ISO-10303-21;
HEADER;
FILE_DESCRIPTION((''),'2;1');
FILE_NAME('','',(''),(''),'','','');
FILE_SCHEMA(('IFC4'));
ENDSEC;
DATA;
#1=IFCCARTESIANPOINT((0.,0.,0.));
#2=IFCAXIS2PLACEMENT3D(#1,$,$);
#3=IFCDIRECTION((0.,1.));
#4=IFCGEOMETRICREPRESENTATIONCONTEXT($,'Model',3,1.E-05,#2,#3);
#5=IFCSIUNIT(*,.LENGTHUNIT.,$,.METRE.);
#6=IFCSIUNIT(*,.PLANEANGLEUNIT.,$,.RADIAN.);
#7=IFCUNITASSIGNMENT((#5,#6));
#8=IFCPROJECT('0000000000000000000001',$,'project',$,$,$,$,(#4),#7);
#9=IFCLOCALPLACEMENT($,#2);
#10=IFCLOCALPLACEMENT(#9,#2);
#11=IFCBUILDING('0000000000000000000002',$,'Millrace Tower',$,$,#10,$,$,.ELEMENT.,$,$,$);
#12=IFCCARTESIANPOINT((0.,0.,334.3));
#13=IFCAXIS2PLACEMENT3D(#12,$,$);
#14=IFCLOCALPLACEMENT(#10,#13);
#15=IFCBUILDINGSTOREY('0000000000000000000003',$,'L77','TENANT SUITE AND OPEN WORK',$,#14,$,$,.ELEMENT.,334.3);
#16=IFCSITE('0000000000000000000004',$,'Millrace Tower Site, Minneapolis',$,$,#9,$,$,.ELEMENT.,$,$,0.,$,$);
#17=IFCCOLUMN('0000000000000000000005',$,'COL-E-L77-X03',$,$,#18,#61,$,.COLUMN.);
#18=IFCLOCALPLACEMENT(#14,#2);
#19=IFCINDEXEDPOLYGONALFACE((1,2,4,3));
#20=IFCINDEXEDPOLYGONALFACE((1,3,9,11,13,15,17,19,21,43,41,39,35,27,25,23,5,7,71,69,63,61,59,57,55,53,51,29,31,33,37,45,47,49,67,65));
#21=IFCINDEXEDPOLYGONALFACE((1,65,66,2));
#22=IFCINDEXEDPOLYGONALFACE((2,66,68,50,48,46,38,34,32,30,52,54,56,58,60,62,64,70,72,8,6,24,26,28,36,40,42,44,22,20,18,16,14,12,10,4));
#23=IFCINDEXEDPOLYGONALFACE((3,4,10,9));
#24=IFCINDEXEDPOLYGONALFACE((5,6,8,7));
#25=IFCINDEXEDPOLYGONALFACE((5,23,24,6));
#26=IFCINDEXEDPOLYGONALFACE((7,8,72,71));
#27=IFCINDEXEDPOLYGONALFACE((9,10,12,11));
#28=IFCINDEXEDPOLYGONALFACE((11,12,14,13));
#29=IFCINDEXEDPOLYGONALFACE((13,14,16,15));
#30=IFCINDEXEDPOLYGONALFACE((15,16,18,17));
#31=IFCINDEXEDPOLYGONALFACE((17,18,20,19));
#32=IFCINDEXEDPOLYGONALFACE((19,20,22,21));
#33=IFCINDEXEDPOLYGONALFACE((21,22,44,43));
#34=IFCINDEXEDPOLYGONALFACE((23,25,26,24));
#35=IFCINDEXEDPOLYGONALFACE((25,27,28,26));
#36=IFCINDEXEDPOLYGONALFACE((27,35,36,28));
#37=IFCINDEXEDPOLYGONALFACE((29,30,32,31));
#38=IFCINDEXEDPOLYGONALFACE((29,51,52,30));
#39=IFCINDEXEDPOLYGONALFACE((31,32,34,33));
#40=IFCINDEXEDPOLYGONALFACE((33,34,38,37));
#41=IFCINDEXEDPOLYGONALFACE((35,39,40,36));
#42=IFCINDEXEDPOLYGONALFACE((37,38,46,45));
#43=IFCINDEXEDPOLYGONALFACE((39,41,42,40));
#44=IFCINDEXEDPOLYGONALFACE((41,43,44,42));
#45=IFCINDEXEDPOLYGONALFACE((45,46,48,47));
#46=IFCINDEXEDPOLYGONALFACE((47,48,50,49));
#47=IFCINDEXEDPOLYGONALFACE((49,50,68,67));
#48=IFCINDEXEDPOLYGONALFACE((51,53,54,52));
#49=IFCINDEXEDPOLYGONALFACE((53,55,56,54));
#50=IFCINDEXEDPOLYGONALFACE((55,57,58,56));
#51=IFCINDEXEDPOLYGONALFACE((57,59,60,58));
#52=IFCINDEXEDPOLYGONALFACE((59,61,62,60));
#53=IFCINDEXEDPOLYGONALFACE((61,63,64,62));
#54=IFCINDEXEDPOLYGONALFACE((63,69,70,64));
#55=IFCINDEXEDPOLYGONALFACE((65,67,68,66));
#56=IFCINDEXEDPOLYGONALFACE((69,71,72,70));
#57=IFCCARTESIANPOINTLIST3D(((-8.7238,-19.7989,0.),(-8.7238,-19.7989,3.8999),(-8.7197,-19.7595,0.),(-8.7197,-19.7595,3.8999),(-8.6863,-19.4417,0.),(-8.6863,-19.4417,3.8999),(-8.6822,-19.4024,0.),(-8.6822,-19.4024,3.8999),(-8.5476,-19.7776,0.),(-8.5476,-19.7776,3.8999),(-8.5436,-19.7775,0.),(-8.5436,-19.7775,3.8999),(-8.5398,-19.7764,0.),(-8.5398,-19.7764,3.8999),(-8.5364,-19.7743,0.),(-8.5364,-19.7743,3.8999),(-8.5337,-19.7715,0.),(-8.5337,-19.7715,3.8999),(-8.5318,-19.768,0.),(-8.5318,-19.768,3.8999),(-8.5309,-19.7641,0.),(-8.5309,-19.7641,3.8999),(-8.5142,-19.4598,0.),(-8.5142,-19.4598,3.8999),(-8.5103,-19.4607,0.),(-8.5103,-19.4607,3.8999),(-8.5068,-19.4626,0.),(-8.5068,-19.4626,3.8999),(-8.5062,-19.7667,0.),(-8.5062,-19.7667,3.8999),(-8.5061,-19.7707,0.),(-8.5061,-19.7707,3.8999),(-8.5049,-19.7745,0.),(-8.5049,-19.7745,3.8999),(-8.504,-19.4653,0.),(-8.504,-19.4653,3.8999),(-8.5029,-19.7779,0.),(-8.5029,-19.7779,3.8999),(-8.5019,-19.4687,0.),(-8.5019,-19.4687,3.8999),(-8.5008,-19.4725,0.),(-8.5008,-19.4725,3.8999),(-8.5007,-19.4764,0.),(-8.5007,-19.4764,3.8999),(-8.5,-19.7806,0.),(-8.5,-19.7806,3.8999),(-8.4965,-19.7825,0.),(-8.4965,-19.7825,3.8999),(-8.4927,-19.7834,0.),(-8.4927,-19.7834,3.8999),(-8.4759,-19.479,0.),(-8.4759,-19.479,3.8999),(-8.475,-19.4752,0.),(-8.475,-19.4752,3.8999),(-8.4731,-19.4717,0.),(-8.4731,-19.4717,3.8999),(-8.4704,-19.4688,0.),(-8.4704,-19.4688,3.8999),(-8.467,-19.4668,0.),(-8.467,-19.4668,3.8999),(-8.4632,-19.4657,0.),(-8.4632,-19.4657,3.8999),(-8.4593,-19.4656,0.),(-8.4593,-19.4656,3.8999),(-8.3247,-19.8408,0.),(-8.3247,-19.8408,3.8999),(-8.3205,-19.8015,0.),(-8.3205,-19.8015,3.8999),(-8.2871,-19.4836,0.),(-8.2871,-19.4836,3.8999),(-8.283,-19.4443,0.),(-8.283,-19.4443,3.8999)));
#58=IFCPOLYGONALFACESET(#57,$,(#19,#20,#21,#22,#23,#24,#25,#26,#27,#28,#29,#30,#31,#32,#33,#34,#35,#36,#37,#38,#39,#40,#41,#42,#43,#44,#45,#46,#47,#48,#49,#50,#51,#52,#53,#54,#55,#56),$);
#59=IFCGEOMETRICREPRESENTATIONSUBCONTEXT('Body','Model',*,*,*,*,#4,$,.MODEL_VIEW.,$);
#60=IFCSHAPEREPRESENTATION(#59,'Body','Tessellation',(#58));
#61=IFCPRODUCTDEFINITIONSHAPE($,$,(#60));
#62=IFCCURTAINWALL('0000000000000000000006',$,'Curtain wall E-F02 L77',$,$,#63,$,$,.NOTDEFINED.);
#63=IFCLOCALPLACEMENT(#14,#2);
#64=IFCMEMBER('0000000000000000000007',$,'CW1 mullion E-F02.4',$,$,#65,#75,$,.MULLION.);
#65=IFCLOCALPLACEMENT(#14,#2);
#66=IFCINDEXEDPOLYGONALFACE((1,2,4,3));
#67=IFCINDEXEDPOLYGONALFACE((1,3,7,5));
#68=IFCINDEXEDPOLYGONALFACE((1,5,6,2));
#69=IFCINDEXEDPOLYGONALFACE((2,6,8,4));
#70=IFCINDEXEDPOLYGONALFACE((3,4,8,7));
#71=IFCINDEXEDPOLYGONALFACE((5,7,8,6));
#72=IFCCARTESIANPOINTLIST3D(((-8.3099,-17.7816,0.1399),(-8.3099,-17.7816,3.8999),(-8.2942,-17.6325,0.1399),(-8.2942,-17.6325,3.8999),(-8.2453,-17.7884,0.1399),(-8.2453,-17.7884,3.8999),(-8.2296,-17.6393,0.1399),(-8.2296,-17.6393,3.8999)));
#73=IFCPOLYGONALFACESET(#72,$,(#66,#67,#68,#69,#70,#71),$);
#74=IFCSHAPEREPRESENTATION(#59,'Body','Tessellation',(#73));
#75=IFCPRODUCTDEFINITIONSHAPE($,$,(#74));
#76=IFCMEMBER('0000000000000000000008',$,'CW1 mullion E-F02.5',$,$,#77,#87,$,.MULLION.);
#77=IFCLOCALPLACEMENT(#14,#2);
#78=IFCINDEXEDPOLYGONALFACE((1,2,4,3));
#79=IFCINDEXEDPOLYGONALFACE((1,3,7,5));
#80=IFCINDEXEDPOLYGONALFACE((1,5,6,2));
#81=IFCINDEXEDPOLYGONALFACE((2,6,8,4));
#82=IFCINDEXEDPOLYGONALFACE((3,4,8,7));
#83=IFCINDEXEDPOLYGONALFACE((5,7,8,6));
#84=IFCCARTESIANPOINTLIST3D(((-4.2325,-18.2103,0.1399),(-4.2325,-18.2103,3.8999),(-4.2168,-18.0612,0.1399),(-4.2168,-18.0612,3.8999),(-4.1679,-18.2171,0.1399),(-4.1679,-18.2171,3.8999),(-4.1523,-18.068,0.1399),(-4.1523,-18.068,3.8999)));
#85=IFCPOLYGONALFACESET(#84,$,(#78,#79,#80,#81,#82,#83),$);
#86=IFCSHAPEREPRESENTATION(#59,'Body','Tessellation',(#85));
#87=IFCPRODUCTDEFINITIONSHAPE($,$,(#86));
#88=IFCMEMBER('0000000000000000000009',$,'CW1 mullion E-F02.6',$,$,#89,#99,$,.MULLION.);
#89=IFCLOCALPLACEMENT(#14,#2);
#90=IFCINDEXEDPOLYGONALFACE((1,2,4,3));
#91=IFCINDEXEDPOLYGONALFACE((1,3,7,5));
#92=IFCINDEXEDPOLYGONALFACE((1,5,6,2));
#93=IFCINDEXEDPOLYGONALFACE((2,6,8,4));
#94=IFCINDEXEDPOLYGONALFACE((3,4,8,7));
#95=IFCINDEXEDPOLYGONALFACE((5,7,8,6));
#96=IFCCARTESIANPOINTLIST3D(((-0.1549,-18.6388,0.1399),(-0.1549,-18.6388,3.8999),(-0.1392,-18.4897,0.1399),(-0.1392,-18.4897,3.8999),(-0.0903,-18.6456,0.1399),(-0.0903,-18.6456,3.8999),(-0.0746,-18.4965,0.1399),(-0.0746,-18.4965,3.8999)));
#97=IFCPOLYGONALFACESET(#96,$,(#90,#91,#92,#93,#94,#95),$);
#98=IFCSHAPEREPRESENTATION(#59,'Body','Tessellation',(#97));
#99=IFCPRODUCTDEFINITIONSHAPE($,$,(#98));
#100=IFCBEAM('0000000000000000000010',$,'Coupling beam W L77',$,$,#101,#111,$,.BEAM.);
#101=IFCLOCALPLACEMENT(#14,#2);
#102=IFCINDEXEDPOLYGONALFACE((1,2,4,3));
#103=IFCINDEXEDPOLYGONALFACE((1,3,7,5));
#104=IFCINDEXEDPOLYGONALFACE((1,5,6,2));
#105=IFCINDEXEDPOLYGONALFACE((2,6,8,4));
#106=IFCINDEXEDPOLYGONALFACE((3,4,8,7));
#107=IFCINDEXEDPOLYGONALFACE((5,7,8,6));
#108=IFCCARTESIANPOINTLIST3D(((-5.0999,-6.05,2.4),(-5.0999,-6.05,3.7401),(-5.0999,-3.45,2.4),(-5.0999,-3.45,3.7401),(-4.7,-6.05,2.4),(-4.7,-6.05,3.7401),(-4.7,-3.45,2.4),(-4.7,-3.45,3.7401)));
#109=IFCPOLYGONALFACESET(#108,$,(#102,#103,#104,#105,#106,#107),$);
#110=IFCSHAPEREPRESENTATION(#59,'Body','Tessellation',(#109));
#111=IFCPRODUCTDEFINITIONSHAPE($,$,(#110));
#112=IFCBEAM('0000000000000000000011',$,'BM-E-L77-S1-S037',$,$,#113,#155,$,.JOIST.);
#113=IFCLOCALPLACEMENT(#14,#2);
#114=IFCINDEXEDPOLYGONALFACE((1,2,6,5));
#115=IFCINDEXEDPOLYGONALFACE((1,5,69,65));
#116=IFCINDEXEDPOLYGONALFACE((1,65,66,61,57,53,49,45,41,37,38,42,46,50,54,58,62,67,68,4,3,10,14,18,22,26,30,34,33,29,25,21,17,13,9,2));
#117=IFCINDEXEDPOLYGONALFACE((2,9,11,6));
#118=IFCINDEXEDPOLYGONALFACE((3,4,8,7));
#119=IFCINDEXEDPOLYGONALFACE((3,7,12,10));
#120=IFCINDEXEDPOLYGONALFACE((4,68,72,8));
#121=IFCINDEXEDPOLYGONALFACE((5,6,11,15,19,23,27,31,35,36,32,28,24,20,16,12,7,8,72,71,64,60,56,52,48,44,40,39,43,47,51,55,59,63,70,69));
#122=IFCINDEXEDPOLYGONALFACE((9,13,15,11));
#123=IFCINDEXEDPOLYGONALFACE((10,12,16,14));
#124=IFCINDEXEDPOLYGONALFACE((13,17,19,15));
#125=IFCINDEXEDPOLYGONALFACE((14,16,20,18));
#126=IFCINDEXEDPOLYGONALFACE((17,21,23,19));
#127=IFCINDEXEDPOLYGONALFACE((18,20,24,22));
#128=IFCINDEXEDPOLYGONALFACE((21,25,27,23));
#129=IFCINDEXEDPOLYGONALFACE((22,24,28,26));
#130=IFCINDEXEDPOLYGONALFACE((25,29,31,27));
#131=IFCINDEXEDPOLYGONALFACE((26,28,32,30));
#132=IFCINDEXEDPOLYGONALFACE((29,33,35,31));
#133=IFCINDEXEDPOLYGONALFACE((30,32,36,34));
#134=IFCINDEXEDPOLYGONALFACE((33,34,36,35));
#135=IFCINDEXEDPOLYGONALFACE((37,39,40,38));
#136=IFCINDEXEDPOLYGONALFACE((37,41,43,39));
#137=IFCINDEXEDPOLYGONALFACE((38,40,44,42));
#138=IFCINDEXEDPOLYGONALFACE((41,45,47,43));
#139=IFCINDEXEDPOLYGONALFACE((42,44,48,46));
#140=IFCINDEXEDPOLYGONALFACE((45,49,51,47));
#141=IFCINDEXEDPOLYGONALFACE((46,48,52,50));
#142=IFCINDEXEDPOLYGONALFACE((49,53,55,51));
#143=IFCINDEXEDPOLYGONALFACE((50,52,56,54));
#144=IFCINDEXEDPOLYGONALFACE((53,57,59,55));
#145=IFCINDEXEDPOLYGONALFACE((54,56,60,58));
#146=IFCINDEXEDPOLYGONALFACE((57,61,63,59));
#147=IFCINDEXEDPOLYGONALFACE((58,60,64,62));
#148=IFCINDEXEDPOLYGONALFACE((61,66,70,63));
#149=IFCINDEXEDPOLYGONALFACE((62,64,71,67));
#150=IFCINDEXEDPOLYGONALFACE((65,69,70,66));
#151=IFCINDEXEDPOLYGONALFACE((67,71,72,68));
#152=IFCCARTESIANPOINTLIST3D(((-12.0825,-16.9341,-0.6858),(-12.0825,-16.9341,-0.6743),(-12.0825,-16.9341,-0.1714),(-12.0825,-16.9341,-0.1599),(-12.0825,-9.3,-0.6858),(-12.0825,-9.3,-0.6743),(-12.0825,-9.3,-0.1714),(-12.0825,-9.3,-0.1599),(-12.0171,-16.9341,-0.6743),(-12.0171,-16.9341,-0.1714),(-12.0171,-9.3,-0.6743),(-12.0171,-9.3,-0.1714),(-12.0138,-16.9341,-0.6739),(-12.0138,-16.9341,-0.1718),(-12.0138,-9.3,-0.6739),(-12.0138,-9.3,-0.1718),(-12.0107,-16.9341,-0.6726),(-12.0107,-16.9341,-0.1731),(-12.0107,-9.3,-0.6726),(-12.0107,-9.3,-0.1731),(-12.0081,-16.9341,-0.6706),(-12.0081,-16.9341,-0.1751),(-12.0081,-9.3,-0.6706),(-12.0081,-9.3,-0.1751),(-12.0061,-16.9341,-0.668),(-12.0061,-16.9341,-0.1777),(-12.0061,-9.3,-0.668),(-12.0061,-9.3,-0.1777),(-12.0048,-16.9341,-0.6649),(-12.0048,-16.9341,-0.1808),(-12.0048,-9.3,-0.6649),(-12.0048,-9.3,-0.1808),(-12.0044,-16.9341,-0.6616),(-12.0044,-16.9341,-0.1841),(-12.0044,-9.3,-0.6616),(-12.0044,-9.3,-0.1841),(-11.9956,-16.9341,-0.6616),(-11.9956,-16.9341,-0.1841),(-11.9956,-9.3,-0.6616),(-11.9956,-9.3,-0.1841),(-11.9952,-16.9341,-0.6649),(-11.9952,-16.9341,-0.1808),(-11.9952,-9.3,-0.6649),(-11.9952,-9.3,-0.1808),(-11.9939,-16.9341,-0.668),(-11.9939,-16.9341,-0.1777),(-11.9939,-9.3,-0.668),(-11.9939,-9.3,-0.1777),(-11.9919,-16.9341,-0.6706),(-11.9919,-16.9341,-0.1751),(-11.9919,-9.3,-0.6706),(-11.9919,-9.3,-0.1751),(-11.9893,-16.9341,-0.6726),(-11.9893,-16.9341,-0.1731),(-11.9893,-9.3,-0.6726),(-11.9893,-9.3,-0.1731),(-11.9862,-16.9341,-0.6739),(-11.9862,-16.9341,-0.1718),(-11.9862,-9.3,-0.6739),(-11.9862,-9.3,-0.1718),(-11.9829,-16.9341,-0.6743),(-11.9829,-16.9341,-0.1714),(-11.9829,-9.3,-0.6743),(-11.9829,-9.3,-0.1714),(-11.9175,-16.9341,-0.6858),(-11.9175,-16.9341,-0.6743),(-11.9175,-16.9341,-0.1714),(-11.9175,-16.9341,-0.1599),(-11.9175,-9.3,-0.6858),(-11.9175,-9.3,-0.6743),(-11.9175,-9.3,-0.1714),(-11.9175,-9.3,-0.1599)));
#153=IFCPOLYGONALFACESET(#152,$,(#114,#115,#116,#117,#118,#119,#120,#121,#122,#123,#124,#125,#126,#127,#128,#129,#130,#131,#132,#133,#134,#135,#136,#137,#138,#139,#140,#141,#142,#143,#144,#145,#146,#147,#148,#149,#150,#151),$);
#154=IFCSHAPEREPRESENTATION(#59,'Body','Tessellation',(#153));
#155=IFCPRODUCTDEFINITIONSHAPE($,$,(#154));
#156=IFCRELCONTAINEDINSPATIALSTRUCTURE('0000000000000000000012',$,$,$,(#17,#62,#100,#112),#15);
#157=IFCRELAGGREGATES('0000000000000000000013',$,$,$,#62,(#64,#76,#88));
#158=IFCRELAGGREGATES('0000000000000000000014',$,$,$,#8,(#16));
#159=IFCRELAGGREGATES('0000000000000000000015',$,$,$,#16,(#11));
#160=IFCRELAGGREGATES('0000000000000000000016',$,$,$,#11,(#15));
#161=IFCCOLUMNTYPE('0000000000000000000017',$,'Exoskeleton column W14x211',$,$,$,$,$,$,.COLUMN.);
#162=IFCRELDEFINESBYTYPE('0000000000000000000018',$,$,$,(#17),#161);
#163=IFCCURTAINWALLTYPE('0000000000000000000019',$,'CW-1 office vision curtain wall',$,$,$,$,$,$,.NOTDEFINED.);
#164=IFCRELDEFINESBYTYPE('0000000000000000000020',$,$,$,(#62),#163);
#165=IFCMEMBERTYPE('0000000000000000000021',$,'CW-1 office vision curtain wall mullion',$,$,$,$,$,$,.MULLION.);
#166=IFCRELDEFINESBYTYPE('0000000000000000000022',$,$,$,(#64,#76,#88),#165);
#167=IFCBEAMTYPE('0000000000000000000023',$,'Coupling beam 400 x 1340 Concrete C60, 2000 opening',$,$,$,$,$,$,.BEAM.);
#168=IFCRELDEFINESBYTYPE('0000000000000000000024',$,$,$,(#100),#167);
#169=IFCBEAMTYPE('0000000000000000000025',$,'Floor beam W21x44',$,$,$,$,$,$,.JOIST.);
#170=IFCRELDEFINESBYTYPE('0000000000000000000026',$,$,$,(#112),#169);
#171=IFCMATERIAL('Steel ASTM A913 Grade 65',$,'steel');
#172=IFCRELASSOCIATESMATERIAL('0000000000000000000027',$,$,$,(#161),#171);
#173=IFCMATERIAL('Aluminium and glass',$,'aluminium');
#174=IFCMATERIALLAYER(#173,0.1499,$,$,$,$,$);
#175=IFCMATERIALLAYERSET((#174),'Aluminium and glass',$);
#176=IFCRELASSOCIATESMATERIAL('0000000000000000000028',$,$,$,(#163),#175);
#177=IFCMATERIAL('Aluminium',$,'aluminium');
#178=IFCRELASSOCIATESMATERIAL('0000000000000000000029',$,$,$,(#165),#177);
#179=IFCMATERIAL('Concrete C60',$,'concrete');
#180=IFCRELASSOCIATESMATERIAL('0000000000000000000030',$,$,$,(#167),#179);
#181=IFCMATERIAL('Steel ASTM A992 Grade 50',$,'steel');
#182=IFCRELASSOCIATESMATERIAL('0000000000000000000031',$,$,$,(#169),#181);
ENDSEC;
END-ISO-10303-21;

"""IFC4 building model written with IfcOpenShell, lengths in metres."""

from ifc_helpers import new_model, si_unit, direction, frame, origin, origin_2d, place, context, subcontext, project, spatial, rectangle, i_section, extrude, material, layer, layer_set, material_profile, profile_set, type_object, element, aggregate, save


model = new_model("IFC4")

# Units and contexts
model_context = context("Model", 3, precision=1e-05, world=origin(), true_north=direction((0.0, 1.0)))
body_context = subcontext(model_context, "Body", "Model", "MODEL_VIEW")
ifc_project = project(units=[si_unit("LENGTHUNIT", "METRE"), si_unit("PLANEANGLEUNIT", "RADIAN")], contexts=[model_context])

# Site, building, storey
site_placement = place(None, origin())
site = spatial("IfcSite", under=ifc_project, at=site_placement, Name="Millrace Tower Site, Minneapolis", CompositionType="ELEMENT", RefElevation=0.0)
building_placement = place(site_placement, origin())
building = spatial("IfcBuilding", under=site, at=building_placement, Name="Millrace Tower", CompositionType="ELEMENT")
storey_placement = place(building_placement, frame((0.0, 0.0, 334.3)))
storey = spatial("IfcBuildingStorey", under=building, at=storey_placement, Name="L77", Description="TENANT SUITE AND OPEN WORK", CompositionType="ELEMENT", Elevation=334.3)

# Column
ifc_material_1 = material(Name="Steel ASTM A913 Grade 65", Category="steel")
ifc_material_profile_1 = material_profile(ifc_material_1, i_section(OverallWidth=0.4014, OverallDepth=0.3987, WebThickness=0.0249, FlangeThickness=0.0396, FilletRadius=0.0151, at=origin_2d()))
ifc_profile_set_1 = profile_set([ifc_material_profile_1], Name="Steel ASTM A913 Grade 65")
column_type = type_object("IfcColumnType", Name="Exoskeleton column W14x211", PredefinedType="COLUMN", material=ifc_profile_set_1)
column_placement = place(storey_placement, frame((-8.5034, -19.6216, 0.0), z_axis=(0.0, 0.0, 1.0), x_axis=(0.994522, -0.104528, 0.0)))
element("IfcColumn", 1, at=column_placement, inside=storey, type_object=column_type, Name="COL-E-L77-X03", PredefinedType="COLUMN", context=body_context, shape_type="SweptSolid", body=[
    extrude(i_section(OverallWidth=0.4014, OverallDepth=0.3987, WebThickness=0.0249, FlangeThickness=0.0396, FilletRadius=0.0151, at=origin_2d()), origin(), (0.0, 0.0, 1.0), 3.8999),
])

# Curtain wall, members
ifc_material_2 = material(Name="Aluminium and glass", Category="aluminium")
ifc_layer_1 = layer(ifc_material_2, 0.1499)
ifc_layer_set_1 = layer_set([ifc_layer_1], Name="Aluminium and glass")
curtain_wall_type = type_object("IfcCurtainWallType", Name="CW-1 office vision curtain wall", PredefinedType="NOTDEFINED", material=ifc_layer_set_1)
curtain_wall_placement = place(storey_placement, origin())
curtain_wall = element("IfcCurtainWall", 2, at=curtain_wall_placement, inside=storey, type_object=curtain_wall_type, Name="Curtain wall E-F02 L77", PredefinedType="NOTDEFINED")
ifc_material_3 = material(Name="Aluminium", Category="aluminium")
ifc_material_profile_2 = material_profile(ifc_material_3, rectangle(XDim=0.0649, YDim=0.1499, at=origin_2d()))
ifc_profile_set_2 = profile_set([ifc_material_profile_2], Name="Aluminium")
member_type = type_object("IfcMemberType", Name="CW-1 office vision curtain wall mullion", PredefinedType="MULLION", material=ifc_profile_set_2)
member_1_placement = place(storey_placement, frame((-8.2698, -17.7104, 0.1399), z_axis=(0.0, 0.0, 1.0), x_axis=(0.994522, -0.104528, 0.0)))
member_1 = element("IfcMember", 3, at=member_1_placement, type_object=member_type, Name="CW1 mullion E-F02.4", PredefinedType="MULLION", context=body_context, shape_type="SweptSolid", body=[
    extrude(rectangle(XDim=0.0649, YDim=0.1499, at=origin_2d()), origin(), (0.0, 0.0, 1.0), 3.76),
])
member_2_placement = place(storey_placement, frame((-4.1924, -18.1392, 0.1399), z_axis=(0.0, 0.0, 1.0), x_axis=(0.994522, -0.104528, 0.0)))
member_2 = element("IfcMember", 4, at=member_2_placement, type_object=member_type, Name="CW1 mullion E-F02.5", PredefinedType="MULLION", context=body_context, shape_type="SweptSolid", body=[
    extrude(rectangle(XDim=0.0649, YDim=0.1499, at=origin_2d()), origin(), (0.0, 0.0, 1.0), 3.76),
])
member_3_placement = place(storey_placement, frame((-0.1147, -18.5676, 0.1399), z_axis=(0.0, 0.0, 1.0), x_axis=(0.994522, -0.104528, 0.0)))
member_3 = element("IfcMember", 5, at=member_3_placement, type_object=member_type, Name="CW1 mullion E-F02.6", PredefinedType="MULLION", context=body_context, shape_type="SweptSolid", body=[
    extrude(rectangle(XDim=0.0649, YDim=0.1499, at=origin_2d()), origin(), (0.0, 0.0, 1.0), 3.76),
])
aggregate(curtain_wall, [member_1, member_2, member_3])

# Beams
ifc_material_4 = material(Name="Concrete C60", Category="concrete")
ifc_material_profile_3 = material_profile(ifc_material_4, rectangle(XDim=0.3999, YDim=1.3401, at=origin_2d()))
ifc_profile_set_3 = profile_set([ifc_material_profile_3], Name="Concrete C60")
beam_type_1 = type_object("IfcBeamType", Name="Coupling beam 400 x 1340 Concrete C60, 2000 opening", PredefinedType="BEAM", material=ifc_profile_set_3)
beam_1_placement = place(storey_placement, frame((-4.8999, -6.05, 3.0701), z_axis=(0.0, 1.0, 0.0), x_axis=(-1.0, 0.0, 0.0)))
element("IfcBeam", 6, at=beam_1_placement, inside=storey, type_object=beam_type_1, Name="Coupling beam W L77", PredefinedType="BEAM", context=body_context, shape_type="SweptSolid", body=[
    extrude(rectangle(XDim=0.3999, YDim=1.3401, at=origin_2d()), origin(), (0.0, 0.0, 1.0), 2.6001),
])
ifc_material_5 = material(Name="Steel ASTM A992 Grade 50", Category="steel")
ifc_material_profile_4 = material_profile(ifc_material_5, i_section(OverallWidth=0.165, OverallDepth=0.5259, WebThickness=0.0088, FlangeThickness=0.0115, FilletRadius=0.0127, at=origin_2d()))
ifc_profile_set_4 = profile_set([ifc_material_profile_4], Name="Steel ASTM A992 Grade 50")
beam_type_2 = type_object("IfcBeamType", Name="Floor beam W21x44", PredefinedType="JOIST", material=ifc_profile_set_4)
beam_2_placement = place(storey_placement, frame((-12.0, -16.9341, -0.4229), z_axis=(0.0, 1.0, 0.0), x_axis=(-1.0, 0.0, 0.0)))
element("IfcBeam", 7, at=beam_2_placement, inside=storey, type_object=beam_type_2, Name="BM-E-L77-S1-S037", PredefinedType="JOIST", context=body_context, shape_type="SweptSolid", body=[
    extrude(i_section(OverallWidth=0.165, OverallDepth=0.5259, WebThickness=0.0088, FlangeThickness=0.0115, FilletRadius=0.0127, at=origin_2d()), origin(), (0.0, 0.0, 1.0), 7.634),
])

save(model, "model.ifc")
